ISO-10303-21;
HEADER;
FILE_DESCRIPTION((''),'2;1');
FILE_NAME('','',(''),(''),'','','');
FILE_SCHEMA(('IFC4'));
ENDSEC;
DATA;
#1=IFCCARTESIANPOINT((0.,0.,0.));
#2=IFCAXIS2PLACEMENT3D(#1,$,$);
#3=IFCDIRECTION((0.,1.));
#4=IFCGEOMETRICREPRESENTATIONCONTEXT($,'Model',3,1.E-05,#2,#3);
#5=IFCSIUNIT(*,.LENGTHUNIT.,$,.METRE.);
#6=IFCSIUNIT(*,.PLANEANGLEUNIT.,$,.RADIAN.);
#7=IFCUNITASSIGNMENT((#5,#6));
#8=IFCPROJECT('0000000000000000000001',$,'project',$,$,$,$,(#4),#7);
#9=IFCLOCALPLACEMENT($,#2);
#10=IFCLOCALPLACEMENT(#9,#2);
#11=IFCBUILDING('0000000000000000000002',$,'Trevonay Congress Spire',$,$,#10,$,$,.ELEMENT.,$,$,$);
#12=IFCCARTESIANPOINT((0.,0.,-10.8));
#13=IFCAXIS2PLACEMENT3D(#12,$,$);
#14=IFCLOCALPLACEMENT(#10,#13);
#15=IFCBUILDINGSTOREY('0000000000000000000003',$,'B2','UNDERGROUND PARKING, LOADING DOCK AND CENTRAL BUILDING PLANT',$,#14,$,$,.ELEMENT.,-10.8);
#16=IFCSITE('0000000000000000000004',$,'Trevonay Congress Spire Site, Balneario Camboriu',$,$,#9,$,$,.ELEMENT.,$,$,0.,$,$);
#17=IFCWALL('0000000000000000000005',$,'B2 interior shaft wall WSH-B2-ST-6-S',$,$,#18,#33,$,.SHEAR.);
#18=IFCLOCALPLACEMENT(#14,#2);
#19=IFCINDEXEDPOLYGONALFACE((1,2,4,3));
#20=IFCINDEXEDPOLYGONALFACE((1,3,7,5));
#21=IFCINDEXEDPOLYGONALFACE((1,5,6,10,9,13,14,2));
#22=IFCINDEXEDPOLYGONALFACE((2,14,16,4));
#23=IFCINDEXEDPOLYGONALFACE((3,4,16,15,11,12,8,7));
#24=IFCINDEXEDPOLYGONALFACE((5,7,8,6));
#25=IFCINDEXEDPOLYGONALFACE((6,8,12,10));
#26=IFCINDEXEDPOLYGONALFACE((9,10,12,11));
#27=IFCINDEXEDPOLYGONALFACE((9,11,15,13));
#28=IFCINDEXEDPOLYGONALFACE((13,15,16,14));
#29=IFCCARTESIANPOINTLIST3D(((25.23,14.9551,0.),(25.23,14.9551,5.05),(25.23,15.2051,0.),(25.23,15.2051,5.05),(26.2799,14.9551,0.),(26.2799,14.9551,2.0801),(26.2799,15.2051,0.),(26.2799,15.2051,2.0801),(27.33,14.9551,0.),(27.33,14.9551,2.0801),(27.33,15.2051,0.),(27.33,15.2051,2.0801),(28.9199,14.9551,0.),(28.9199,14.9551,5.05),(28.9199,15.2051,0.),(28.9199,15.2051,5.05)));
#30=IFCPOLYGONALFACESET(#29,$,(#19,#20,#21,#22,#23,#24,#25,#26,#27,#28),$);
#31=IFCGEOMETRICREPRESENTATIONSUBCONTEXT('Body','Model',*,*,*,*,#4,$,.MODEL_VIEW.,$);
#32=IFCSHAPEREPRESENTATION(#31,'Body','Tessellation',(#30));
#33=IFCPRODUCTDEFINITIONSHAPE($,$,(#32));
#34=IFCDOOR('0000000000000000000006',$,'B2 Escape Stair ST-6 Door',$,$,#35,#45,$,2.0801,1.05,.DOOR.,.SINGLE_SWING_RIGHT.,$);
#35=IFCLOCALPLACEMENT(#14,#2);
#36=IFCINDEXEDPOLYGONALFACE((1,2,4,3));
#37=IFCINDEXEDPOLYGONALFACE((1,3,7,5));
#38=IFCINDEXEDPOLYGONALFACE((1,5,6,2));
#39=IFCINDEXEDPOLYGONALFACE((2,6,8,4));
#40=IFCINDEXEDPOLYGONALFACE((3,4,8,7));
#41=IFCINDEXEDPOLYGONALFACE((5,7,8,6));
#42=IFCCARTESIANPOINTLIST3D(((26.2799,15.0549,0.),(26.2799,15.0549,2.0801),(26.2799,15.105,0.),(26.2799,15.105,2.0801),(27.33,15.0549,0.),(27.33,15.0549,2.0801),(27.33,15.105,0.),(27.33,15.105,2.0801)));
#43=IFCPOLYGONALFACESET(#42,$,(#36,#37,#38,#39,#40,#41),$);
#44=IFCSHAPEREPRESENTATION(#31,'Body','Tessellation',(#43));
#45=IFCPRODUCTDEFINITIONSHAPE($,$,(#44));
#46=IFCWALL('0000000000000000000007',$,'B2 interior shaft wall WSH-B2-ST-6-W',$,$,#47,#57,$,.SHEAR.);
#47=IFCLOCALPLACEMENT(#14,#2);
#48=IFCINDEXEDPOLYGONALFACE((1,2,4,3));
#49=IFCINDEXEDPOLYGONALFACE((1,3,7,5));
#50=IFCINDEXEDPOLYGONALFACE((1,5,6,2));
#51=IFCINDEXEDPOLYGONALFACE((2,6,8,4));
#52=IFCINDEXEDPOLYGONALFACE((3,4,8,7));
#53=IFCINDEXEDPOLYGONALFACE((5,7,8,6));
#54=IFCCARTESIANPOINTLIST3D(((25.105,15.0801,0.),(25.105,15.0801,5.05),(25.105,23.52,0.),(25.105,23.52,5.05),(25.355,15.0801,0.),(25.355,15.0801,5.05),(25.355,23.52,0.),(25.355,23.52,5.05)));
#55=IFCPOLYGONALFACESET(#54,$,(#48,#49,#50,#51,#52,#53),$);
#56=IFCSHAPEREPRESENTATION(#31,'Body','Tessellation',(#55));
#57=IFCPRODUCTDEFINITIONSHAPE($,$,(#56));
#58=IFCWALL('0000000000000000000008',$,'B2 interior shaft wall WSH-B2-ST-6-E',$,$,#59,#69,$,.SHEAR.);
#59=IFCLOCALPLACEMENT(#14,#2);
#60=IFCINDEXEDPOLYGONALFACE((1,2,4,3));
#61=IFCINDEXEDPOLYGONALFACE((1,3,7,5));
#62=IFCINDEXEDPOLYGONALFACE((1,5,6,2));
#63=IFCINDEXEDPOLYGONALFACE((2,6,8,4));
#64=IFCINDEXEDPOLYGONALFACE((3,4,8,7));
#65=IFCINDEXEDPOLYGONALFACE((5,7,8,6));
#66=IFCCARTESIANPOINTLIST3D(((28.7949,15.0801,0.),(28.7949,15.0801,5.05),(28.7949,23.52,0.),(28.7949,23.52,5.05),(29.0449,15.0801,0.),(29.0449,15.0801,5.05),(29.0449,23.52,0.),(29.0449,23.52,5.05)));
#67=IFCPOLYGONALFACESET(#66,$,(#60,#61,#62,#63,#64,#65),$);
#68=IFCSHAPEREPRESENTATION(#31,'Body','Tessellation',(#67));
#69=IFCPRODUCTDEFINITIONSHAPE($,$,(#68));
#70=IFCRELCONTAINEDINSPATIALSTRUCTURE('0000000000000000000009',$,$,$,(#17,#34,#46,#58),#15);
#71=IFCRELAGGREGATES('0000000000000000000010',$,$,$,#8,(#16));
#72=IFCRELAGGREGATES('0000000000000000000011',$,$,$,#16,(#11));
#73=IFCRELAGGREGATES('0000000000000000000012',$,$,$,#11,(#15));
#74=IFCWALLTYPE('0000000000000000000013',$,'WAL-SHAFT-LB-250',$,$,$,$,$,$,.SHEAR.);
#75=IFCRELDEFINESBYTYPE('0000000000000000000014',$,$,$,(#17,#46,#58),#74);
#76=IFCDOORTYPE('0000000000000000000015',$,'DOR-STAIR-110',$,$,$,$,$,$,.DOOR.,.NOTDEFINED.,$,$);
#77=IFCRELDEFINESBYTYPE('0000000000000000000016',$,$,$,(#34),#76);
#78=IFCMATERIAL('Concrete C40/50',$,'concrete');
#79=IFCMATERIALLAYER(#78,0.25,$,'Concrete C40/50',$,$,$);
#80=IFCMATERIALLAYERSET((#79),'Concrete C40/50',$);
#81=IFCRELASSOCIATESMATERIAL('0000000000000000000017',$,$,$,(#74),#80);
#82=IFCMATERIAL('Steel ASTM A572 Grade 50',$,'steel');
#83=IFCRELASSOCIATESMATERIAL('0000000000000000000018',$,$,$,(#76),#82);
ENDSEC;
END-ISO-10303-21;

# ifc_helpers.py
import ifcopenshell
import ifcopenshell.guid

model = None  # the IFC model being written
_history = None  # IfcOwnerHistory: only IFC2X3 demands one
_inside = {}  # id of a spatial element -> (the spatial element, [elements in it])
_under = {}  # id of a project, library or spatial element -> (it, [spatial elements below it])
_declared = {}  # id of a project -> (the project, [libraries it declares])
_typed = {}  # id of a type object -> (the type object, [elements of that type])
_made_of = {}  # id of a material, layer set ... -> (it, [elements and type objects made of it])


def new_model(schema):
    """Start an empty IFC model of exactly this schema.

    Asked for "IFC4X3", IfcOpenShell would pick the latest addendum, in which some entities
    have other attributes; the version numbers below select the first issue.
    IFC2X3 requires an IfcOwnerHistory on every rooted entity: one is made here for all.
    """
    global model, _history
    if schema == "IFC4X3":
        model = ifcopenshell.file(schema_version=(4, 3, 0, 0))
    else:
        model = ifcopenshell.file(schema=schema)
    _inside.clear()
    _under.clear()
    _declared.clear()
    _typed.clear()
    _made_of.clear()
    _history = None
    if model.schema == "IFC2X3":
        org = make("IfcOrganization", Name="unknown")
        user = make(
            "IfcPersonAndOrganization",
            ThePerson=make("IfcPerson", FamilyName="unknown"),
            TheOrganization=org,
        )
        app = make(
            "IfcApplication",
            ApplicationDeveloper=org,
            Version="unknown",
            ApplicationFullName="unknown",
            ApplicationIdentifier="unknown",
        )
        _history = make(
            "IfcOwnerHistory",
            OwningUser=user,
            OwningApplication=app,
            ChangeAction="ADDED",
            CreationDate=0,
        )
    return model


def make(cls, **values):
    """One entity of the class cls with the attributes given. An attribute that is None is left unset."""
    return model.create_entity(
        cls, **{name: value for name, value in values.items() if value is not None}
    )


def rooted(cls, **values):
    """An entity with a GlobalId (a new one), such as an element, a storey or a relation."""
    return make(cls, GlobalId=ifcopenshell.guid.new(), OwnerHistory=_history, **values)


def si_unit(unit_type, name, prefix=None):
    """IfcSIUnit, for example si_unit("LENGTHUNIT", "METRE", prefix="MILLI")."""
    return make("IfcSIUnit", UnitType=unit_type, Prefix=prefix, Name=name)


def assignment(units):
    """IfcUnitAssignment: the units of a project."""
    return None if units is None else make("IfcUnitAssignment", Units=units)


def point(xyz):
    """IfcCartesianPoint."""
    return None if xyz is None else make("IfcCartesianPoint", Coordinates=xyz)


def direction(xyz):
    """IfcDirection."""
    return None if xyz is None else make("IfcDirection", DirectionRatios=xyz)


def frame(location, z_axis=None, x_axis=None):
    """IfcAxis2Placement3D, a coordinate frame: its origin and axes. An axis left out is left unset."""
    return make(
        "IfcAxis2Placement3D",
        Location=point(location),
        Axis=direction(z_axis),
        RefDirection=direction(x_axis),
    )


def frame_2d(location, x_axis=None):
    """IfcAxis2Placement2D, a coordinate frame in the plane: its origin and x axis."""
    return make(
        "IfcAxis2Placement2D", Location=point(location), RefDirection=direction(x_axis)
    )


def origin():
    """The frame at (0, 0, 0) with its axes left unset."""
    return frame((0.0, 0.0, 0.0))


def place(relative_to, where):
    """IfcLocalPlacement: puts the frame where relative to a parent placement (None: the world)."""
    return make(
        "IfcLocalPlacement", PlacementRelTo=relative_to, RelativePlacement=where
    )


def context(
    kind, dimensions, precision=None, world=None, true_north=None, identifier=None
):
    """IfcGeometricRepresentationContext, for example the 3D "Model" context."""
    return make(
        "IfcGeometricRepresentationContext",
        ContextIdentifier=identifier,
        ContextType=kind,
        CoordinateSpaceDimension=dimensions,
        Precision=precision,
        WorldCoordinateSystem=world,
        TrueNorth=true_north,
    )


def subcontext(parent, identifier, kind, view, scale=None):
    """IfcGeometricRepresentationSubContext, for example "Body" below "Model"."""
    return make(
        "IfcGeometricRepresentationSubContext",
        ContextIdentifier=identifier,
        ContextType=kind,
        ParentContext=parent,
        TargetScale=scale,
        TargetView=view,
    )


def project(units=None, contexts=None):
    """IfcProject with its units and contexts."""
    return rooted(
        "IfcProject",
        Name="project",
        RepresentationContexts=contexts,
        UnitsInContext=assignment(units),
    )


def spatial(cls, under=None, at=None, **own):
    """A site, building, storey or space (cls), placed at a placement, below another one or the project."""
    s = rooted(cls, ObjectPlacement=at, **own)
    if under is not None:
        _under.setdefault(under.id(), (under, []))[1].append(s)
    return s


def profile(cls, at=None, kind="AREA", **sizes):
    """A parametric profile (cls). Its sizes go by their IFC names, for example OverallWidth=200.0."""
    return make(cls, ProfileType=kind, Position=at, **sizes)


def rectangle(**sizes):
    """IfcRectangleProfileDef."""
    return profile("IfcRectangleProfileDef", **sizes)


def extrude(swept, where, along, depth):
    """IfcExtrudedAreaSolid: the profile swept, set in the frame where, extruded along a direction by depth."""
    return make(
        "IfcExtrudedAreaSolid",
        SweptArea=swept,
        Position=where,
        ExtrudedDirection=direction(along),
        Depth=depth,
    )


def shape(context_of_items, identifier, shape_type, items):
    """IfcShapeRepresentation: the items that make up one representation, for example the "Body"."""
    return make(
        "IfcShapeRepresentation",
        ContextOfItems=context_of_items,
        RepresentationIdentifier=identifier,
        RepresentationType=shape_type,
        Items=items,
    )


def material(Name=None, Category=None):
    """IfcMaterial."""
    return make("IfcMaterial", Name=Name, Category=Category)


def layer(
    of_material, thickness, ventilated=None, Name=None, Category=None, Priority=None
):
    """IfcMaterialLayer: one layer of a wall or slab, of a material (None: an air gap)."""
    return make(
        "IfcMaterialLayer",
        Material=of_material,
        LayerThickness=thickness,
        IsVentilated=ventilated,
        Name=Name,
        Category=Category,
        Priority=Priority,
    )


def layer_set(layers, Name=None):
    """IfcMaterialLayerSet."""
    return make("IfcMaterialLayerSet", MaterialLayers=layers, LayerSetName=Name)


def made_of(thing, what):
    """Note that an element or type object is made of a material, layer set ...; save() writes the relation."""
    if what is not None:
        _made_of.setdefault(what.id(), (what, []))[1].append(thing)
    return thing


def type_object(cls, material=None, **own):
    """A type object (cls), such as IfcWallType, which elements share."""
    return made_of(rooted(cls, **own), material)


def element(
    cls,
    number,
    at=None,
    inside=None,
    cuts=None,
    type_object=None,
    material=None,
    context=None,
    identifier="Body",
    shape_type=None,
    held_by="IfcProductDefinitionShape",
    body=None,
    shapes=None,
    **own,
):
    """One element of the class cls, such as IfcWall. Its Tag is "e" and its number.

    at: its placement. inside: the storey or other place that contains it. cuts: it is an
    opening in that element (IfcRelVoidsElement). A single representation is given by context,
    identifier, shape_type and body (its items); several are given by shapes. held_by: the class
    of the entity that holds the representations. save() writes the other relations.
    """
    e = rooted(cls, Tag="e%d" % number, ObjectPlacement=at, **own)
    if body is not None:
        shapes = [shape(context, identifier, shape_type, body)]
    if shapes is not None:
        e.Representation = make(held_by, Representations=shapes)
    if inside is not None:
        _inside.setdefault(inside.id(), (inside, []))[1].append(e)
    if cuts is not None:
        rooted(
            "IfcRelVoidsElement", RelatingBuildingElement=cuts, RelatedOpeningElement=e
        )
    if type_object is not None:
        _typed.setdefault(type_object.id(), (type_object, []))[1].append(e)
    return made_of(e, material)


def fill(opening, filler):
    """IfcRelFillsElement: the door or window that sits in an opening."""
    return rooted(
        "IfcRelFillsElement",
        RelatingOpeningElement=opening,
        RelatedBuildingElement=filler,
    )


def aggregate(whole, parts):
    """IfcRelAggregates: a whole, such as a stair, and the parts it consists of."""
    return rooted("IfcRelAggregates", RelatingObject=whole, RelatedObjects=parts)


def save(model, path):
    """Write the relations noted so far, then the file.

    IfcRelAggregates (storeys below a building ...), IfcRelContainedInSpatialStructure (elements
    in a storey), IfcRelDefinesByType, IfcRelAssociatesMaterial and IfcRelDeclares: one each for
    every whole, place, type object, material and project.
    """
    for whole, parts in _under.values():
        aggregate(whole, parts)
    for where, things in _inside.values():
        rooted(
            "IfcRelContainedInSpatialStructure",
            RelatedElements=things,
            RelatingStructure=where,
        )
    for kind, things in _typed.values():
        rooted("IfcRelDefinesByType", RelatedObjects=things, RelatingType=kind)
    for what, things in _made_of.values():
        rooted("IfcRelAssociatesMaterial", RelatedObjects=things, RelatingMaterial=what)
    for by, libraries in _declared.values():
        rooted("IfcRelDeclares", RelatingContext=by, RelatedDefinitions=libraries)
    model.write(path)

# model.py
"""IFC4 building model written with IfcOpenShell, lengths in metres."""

from ifc_helpers import new_model, si_unit, direction, frame, frame_2d, origin, place, context, subcontext, project, spatial, rectangle, extrude, material, layer, layer_set, type_object, element, fill, save


model = new_model("IFC4")

# Units and contexts
model_context = context("Model", 3, precision=1e-05, world=origin(), true_north=direction((0.0, 1.0)))
body_context = subcontext(model_context, "Body", "Model", "MODEL_VIEW")
ifc_project = project(units=[si_unit("LENGTHUNIT", "METRE"), si_unit("PLANEANGLEUNIT", "RADIAN")], contexts=[model_context])

# Site, building, storey
site_placement = place(None, origin())
site = spatial("IfcSite", under=ifc_project, at=site_placement, Name="Trevonay Congress Spire Site, Balneario Camboriu", CompositionType="ELEMENT", RefElevation=0.0)
building_placement = place(site_placement, origin())
building = spatial("IfcBuilding", under=site, at=building_placement, Name="Trevonay Congress Spire", CompositionType="ELEMENT")
storey_placement = place(building_placement, frame((0.0, 0.0, -10.8)))
storey = spatial("IfcBuildingStorey", under=building, at=storey_placement, Name="B2", Description="UNDERGROUND PARKING, LOADING DOCK AND CENTRAL BUILDING PLANT", CompositionType="ELEMENT", Elevation=-10.8)

# Wall, opening, door
ifc_material_1 = material(Name="Concrete C40/50", Category="concrete")
ifc_layer = layer(ifc_material_1, 0.25, Name="Concrete C40/50")
ifc_layer_set = layer_set([ifc_layer], Name="Concrete C40/50")
wall_type = type_object("IfcWallType", Name="WAL-SHAFT-LB-250", PredefinedType="SHEAR", material=ifc_layer_set)
wall_placement = place(storey_placement, frame((25.23, 15.0801, 0.0), z_axis=(0.0, 0.0, 1.0), x_axis=(1.0, 0.0, 0.0)))
wall = element("IfcWall", 1, at=wall_placement, inside=storey, type_object=wall_type, Name="B2 interior shaft wall WSH-B2-ST-6-S", PredefinedType="SHEAR", context=body_context, shape_type="SweptSolid", body=[
    extrude(rectangle(XDim=3.6899, YDim=0.25, at=frame_2d((1.845, 0.0))), origin(), (0.0, 0.0, 1.0), 5.05),
])
opening_placement = place(wall_placement, frame((1.05, 0.0, 0.0)))
opening = element("IfcOpeningElement", 2, at=opening_placement, cuts=wall, PredefinedType="OPENING", context=body_context, shape_type="SweptSolid", body=[
    extrude(rectangle(XDim=1.05, YDim=2.0801, at=frame_2d((0.5249, 1.04))), frame((0.0, 0.135, 0.0), z_axis=(0.0, -1.0, 0.0), x_axis=(1.0, 0.0, 0.0)), (0.0, 0.0, 1.0), 0.27),
])
ifc_material_2 = material(Name="Steel ASTM A572 Grade 50", Category="steel")
door_type = type_object("IfcDoorType", Name="DOR-STAIR-110", OperationType="NOTDEFINED", PredefinedType="DOOR", material=ifc_material_2)
door_placement = place(opening_placement, origin())
door = element("IfcDoor", 3, at=door_placement, inside=storey, type_object=door_type, Name="B2 Escape Stair ST-6 Door", OperationType="SINGLE_SWING_RIGHT", OverallHeight=2.0801, OverallWidth=1.05, PredefinedType="DOOR", context=body_context, shape_type="SweptSolid", body=[
    extrude(rectangle(XDim=1.05, YDim=2.0801, at=frame_2d((0.5249, 1.04))), frame((0.0, 0.0249, 0.0), z_axis=(0.0, -1.0, 0.0), x_axis=(1.0, 0.0, 0.0)), (0.0, 0.0, 1.0), 0.05),
])
fill(opening, door)

# Walls
for number, where, z_axis, x_axis, name in (
    (4, (25.23, 15.0801, 0.0), (0.0, 0.0, 1.0), (0.0, 1.0, 0.0), "B2 interior shaft wall WSH-B2-ST-6-W"),
    (5, (28.9199, 15.0801, 0.0), (0.0, 0.0, 1.0), (0.0, 1.0, 0.0), "B2 interior shaft wall WSH-B2-ST-6-E"),
):
    element("IfcWall", number, at=place(storey_placement, frame(where, z_axis=z_axis, x_axis=x_axis)), inside=storey, type_object=wall_type, Name=name, PredefinedType="SHEAR", context=body_context, shape_type="SweptSolid", body=[
        extrude(rectangle(XDim=8.4399, YDim=0.25, at=frame_2d((4.22, 0.0))), origin(), (0.0, 0.0, 1.0), 5.05),
    ])

save(model, "model.ifc")
